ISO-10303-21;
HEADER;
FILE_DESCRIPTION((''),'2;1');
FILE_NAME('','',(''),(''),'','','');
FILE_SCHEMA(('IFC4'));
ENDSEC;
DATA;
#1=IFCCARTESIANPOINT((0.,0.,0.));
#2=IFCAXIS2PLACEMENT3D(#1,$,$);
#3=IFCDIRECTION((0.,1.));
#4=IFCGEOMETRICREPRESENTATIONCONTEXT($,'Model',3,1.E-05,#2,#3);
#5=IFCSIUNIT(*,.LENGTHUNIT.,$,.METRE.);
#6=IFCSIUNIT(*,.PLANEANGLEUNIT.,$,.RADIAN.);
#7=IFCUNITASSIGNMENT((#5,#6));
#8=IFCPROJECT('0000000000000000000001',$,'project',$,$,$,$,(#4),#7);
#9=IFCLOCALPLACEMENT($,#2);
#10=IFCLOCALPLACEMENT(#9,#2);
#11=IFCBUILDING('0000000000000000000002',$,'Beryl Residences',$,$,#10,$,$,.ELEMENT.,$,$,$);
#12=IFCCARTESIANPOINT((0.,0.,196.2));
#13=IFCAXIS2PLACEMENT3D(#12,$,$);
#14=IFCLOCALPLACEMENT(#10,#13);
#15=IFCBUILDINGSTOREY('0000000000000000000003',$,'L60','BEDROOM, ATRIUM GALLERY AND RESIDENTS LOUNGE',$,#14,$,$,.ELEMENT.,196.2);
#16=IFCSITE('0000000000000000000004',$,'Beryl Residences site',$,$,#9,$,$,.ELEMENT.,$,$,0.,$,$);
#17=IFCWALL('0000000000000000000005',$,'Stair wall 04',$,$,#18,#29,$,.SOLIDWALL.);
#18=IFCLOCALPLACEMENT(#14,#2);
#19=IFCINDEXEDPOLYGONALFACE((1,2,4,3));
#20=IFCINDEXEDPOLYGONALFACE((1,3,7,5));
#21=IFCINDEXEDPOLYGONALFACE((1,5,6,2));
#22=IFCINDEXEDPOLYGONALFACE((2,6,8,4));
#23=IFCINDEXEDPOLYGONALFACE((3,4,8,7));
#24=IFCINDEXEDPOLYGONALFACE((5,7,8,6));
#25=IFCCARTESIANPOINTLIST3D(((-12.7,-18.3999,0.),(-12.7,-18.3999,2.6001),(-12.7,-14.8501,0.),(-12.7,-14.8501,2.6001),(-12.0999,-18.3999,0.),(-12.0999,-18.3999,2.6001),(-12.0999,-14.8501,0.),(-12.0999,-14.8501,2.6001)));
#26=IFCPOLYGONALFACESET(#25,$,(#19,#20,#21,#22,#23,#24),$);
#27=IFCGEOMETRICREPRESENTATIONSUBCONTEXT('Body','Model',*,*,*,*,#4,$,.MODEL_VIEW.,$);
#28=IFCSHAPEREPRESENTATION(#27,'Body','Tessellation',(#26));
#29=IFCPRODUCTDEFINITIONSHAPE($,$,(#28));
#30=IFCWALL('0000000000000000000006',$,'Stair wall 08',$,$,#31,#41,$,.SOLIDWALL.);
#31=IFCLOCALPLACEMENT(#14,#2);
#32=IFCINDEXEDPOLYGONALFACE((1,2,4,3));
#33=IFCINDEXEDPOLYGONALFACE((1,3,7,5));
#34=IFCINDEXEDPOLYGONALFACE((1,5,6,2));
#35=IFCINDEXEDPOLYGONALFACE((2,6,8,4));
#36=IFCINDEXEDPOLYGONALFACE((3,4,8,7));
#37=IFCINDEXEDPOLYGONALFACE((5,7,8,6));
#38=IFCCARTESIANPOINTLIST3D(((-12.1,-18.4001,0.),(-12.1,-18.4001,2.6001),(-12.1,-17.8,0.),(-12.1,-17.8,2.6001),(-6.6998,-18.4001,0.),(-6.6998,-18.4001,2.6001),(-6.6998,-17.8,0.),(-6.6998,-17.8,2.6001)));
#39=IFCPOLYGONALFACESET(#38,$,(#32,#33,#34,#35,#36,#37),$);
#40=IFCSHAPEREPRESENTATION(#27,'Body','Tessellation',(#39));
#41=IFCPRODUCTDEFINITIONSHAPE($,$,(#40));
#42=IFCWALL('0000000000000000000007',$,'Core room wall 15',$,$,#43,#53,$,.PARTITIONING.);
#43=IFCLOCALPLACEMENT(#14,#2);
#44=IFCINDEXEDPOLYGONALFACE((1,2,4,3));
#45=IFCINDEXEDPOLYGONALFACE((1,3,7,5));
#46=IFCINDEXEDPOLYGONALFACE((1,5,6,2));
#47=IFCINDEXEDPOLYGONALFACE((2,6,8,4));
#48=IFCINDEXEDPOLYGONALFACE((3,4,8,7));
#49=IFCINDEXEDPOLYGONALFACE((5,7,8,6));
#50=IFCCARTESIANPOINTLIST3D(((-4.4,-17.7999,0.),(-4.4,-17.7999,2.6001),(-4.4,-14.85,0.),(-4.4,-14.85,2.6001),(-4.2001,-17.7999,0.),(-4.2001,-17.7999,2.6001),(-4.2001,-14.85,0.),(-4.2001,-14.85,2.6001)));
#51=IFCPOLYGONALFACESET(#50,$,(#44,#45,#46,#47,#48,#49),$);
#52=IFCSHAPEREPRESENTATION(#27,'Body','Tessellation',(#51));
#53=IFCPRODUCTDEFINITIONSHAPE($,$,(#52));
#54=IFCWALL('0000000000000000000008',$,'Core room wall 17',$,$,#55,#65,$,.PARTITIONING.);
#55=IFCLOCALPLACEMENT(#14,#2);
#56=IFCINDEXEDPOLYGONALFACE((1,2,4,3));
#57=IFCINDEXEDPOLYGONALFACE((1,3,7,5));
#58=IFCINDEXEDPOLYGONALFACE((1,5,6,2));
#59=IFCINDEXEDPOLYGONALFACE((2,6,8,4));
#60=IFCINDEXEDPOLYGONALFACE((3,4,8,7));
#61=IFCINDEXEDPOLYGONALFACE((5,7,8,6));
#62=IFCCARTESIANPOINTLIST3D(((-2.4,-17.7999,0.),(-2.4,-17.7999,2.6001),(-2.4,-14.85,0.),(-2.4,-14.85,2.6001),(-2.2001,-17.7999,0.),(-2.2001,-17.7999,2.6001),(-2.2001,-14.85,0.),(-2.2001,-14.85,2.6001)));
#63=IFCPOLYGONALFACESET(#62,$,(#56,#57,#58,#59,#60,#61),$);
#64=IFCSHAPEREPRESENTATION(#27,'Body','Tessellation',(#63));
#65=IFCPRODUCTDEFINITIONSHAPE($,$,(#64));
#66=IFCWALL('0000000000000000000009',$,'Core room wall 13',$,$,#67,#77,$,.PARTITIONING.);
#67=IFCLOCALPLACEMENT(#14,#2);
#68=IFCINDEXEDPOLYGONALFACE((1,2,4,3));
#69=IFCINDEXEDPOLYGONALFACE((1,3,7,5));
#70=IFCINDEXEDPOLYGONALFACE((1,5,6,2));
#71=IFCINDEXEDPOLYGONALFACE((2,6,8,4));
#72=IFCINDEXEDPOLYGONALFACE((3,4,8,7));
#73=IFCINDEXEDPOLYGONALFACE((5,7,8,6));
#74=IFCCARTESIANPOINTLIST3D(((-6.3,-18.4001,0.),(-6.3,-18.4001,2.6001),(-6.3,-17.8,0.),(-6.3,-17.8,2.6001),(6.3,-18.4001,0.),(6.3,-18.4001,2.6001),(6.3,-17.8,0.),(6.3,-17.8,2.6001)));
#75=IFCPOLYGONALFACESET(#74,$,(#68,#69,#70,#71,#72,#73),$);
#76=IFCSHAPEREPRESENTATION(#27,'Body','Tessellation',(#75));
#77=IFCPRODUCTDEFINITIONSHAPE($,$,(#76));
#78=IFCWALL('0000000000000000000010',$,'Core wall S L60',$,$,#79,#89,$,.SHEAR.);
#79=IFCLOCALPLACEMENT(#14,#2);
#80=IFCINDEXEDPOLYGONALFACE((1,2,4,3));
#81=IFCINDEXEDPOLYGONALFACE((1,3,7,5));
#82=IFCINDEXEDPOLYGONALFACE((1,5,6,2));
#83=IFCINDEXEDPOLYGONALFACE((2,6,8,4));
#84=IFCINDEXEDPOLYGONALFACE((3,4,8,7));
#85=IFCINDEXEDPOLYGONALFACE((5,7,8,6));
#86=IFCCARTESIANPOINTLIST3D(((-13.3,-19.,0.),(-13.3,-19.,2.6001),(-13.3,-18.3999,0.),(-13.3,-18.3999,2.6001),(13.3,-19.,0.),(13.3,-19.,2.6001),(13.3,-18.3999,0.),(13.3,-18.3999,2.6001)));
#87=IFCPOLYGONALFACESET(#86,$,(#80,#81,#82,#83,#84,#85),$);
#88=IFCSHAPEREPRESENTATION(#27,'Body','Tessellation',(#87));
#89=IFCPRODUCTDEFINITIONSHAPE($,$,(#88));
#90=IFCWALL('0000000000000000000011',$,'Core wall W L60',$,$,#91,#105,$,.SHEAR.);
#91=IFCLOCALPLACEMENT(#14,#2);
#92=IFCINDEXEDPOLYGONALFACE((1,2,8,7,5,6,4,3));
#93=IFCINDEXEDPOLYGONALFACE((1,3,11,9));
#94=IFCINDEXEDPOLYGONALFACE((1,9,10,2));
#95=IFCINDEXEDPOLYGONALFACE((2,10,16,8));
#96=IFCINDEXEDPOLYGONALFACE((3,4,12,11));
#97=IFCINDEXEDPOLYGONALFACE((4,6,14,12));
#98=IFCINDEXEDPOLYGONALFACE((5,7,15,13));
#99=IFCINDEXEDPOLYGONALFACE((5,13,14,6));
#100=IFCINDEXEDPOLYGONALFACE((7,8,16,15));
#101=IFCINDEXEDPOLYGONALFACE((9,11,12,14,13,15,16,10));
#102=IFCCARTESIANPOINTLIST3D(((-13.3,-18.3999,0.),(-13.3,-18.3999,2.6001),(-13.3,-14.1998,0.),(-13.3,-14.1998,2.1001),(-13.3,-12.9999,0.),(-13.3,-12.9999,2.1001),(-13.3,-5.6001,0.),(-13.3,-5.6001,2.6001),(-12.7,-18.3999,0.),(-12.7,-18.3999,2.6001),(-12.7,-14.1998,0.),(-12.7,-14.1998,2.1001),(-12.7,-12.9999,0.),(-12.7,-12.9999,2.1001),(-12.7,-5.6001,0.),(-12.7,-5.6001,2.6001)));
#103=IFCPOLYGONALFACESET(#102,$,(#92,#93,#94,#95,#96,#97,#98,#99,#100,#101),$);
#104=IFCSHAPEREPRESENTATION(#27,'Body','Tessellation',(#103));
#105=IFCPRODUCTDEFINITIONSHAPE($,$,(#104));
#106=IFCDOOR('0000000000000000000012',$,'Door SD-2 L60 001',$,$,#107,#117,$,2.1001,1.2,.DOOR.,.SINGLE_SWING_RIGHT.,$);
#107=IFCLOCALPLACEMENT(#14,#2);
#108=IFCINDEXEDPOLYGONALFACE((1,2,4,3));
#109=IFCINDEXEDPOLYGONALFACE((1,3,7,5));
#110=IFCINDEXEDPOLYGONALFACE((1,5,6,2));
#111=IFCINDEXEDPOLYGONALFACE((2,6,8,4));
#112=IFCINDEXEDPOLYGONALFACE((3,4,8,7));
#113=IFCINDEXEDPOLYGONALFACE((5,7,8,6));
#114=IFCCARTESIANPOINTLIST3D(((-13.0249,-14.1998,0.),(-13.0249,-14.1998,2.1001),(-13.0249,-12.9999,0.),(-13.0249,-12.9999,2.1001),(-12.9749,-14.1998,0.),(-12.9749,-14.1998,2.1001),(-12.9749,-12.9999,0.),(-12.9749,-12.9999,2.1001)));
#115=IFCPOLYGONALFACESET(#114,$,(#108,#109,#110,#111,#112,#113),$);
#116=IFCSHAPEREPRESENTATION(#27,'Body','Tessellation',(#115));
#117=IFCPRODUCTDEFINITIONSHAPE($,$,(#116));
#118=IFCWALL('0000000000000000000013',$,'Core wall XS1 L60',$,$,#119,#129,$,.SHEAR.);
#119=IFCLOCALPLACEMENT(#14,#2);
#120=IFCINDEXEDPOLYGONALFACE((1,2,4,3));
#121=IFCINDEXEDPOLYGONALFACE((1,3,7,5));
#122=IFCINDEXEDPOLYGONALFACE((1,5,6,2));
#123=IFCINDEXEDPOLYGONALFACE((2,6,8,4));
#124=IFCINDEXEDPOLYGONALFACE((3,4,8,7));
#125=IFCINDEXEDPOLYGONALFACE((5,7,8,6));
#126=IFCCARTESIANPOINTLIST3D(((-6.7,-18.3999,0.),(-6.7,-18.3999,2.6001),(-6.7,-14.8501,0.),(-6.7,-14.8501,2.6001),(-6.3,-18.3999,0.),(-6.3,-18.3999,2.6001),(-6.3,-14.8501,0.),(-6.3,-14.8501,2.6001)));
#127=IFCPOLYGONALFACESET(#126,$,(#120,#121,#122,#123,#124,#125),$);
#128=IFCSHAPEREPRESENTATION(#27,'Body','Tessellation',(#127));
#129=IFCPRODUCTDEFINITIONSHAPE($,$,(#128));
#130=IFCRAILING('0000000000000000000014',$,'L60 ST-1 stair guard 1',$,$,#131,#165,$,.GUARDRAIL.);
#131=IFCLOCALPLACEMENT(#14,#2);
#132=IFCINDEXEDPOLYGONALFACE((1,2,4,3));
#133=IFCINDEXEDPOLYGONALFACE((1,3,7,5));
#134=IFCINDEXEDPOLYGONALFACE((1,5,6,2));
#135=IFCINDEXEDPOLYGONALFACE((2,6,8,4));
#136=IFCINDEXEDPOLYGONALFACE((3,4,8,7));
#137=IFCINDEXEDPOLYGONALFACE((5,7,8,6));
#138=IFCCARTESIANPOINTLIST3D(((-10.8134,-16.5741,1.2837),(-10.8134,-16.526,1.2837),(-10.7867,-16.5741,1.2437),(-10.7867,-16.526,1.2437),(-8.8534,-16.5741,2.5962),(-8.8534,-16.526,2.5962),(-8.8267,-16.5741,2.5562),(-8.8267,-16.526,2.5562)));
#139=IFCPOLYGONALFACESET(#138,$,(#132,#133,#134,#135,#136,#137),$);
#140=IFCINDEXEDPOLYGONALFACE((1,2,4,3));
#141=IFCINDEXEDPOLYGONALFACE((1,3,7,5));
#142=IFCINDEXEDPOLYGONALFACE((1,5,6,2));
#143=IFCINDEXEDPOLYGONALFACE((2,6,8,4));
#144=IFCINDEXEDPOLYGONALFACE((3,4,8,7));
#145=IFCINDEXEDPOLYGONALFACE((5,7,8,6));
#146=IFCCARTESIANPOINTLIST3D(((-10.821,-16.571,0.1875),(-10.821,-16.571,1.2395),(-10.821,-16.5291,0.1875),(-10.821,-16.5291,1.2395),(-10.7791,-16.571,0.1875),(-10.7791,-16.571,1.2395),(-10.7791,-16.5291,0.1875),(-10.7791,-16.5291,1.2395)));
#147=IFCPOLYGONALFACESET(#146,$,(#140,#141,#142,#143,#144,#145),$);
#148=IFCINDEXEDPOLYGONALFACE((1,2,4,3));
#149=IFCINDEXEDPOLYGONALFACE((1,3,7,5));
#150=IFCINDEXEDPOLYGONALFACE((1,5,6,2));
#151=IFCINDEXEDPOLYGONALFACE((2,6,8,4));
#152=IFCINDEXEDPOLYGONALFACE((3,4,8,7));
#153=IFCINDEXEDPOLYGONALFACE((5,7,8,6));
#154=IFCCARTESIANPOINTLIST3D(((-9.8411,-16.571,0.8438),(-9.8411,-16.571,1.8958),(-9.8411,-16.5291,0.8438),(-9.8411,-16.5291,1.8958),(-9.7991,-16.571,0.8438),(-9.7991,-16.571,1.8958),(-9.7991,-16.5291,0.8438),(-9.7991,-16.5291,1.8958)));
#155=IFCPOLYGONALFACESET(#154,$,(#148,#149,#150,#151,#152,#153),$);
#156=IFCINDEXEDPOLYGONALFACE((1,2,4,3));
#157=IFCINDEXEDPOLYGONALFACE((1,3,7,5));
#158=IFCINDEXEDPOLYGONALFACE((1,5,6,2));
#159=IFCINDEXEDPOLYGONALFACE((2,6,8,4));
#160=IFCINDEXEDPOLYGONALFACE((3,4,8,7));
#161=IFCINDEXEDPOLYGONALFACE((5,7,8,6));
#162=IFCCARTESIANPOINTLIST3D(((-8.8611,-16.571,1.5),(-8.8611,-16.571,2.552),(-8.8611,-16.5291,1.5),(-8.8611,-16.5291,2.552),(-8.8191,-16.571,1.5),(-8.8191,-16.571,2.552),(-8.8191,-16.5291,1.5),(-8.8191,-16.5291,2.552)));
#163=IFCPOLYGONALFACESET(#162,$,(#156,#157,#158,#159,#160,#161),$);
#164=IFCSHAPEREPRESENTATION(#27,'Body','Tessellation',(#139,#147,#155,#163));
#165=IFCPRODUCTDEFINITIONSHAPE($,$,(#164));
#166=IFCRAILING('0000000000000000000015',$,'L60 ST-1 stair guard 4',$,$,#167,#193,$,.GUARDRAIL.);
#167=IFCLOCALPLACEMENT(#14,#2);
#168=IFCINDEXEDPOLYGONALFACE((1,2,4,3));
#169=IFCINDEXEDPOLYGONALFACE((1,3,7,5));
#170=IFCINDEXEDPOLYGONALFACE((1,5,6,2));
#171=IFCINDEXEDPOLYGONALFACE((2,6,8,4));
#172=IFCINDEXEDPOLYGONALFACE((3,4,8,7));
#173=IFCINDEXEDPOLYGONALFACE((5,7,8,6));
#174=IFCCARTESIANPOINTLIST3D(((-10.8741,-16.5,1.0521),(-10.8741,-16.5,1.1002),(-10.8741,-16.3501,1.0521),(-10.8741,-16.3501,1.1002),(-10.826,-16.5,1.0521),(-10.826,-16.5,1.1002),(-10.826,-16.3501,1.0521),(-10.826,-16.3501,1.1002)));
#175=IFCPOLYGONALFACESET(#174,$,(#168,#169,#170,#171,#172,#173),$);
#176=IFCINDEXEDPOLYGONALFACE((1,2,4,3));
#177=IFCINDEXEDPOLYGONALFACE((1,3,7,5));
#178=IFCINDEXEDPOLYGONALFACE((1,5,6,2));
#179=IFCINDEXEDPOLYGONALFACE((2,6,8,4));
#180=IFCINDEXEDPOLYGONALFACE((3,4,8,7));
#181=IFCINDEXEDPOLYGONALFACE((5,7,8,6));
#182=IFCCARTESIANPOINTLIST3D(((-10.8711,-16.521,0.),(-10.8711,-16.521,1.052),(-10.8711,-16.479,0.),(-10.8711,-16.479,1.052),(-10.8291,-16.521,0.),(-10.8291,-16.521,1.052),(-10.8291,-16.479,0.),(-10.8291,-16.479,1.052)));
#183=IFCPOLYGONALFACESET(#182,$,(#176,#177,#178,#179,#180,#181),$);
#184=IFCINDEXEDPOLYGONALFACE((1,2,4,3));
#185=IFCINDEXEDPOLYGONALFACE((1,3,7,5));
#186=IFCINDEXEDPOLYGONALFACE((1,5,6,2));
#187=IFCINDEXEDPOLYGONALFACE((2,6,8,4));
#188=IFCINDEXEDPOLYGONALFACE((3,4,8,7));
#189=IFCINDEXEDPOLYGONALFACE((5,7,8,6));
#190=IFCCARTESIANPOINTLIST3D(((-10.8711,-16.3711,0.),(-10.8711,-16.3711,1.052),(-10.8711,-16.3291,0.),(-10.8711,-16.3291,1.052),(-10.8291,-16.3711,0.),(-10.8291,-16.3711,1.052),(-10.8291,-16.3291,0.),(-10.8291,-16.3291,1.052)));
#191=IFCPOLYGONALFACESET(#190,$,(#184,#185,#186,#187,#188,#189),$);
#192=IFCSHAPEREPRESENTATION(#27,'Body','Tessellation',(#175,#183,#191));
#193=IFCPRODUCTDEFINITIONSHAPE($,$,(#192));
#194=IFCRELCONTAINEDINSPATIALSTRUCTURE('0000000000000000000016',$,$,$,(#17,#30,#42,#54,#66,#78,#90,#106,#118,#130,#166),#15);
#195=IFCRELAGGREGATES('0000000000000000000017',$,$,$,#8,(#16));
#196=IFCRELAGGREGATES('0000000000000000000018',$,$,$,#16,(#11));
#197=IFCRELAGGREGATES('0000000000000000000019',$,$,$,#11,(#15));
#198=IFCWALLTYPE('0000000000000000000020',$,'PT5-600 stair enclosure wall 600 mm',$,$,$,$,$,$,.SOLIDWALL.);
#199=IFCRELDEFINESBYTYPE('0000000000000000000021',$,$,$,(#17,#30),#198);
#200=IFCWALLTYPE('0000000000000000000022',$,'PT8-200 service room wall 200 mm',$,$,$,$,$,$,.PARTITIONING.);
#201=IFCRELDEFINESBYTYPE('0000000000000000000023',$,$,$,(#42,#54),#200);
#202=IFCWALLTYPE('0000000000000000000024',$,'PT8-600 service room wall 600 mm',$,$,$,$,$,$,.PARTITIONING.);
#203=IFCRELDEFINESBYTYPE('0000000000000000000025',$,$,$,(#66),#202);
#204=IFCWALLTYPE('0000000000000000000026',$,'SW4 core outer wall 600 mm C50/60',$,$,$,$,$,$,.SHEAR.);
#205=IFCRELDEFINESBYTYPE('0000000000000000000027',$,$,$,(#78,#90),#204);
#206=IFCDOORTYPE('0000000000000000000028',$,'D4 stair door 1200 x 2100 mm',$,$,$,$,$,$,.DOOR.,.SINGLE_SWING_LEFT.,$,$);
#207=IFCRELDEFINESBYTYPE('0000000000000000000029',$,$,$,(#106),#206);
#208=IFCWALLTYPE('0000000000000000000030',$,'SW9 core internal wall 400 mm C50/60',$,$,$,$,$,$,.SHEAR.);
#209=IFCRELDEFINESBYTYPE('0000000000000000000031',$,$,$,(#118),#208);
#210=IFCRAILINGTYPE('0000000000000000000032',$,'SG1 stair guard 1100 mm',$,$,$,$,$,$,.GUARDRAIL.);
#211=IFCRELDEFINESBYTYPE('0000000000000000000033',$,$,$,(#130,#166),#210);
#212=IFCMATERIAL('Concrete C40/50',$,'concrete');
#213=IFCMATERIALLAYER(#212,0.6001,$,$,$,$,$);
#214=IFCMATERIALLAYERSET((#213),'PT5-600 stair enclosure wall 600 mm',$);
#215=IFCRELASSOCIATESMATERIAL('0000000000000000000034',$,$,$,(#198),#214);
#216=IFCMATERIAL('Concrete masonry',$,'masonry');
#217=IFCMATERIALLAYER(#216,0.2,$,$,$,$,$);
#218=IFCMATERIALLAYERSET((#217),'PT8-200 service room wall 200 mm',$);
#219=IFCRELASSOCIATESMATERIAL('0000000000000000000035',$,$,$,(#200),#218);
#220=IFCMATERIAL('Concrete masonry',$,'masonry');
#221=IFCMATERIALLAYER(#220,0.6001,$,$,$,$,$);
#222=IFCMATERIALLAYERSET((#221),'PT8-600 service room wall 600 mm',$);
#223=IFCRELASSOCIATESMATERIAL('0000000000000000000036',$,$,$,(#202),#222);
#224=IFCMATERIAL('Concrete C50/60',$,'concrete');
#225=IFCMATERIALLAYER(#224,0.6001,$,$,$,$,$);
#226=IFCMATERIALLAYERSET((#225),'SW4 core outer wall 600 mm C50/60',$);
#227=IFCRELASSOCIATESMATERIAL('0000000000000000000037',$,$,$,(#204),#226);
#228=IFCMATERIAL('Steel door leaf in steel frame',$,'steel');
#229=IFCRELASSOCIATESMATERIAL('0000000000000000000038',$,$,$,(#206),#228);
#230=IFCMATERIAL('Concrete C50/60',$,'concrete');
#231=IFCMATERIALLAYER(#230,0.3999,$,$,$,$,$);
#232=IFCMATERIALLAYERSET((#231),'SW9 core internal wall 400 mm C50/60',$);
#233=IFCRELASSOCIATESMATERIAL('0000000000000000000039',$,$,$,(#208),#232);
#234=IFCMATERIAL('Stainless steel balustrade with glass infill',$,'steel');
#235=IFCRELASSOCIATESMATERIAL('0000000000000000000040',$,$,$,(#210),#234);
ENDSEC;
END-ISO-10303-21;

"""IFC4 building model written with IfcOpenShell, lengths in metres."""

from ifc_helpers import new_model, si_unit, direction, frame, frame_2d, origin, origin_2d, place, context, subcontext, project, spatial, rectangle, extrude, material, layer, layer_set, type_object, element, fill, save


model = new_model("IFC4")

# Units and contexts
model_context = context("Model", 3, precision=1e-05, world=origin(), true_north=direction((0.0, 1.0)))
body_context = subcontext(model_context, "Body", "Model", "MODEL_VIEW")
ifc_project = project(units=[si_unit("LENGTHUNIT", "METRE"), si_unit("PLANEANGLEUNIT", "RADIAN")], contexts=[model_context])

# Site, building, storey
site_placement = place(None, origin())
site = spatial("IfcSite", under=ifc_project, at=site_placement, Name="Beryl Residences site", CompositionType="ELEMENT", RefElevation=0.0)
building_placement = place(site_placement, origin())
building = spatial("IfcBuilding", under=site, at=building_placement, Name="Beryl Residences", CompositionType="ELEMENT")
storey_placement = place(building_placement, frame((0.0, 0.0, 196.2)))
storey = spatial("IfcBuildingStorey", under=building, at=storey_placement, Name="L60", Description="BEDROOM, ATRIUM GALLERY AND RESIDENTS LOUNGE", CompositionType="ELEMENT", Elevation=196.2)

# Walls
ifc_material_1 = material(Name="Concrete C40/50", Category="concrete")
ifc_layer_1 = layer(ifc_material_1, 0.6001)
ifc_layer_set_1 = layer_set([ifc_layer_1], Name="PT5-600 stair enclosure wall 600 mm")
wall_type_1 = type_object("IfcWallType", Name="PT5-600 stair enclosure wall 600 mm", PredefinedType="SOLIDWALL", material=ifc_layer_set_1)
wall_1_placement = place(storey_placement, frame((-12.3999, -18.3999, 0.0), z_axis=(0.0, 0.0, 1.0), x_axis=(0.0, 1.0, 0.0)))
element("IfcWall", 1, at=wall_1_placement, inside=storey, type_object=wall_type_1, Name="Stair wall 04", PredefinedType="SOLIDWALL", context=body_context, shape_type="SweptSolid", body=[
    extrude(rectangle(XDim=3.5498, YDim=0.6001, at=frame_2d((1.7749, 0.0))), origin(), (0.0, 0.0, 1.0), 2.6001),
])
wall_2_placement = place(storey_placement, frame((-12.1001, -18.1001, 0.0), z_axis=(0.0, 0.0, 1.0), x_axis=(1.0, 0.0, 0.0)))
element("IfcWall", 2, at=wall_2_placement, inside=storey, type_object=wall_type_1, Name="Stair wall 08", PredefinedType="SOLIDWALL", context=body_context, shape_type="SweptSolid", body=[
    extrude(rectangle(XDim=5.4001, YDim=0.6001, at=frame_2d((2.7002, 0.0))), origin(), (0.0, 0.0, 1.0), 2.6001),
])
ifc_material_2 = material(Name="Concrete masonry", Category="masonry")
ifc_layer_2 = layer(ifc_material_2, 0.2)
ifc_layer_set_2 = layer_set([ifc_layer_2], Name="PT8-200 service room wall 200 mm")
wall_type_2 = type_object("IfcWallType", Name="PT8-200 service room wall 200 mm", PredefinedType="PARTITIONING", material=ifc_layer_set_2)
for number, where, z_axis, x_axis, name in (
    (3, (-4.3, -17.8, 0.0), (0.0, 0.0, 1.0), (0.0, 1.0, 0.0), "Core room wall 15"),
    (4, (-2.3, -17.8, 0.0), (0.0, 0.0, 1.0), (0.0, 1.0, 0.0), "Core room wall 17"),
):
    element("IfcWall", number, at=place(storey_placement, frame(where, z_axis=z_axis, x_axis=x_axis)), inside=storey, type_object=wall_type_2, Name=name, PredefinedType="PARTITIONING", context=body_context, shape_type="SweptSolid", body=[
        extrude(rectangle(XDim=2.95, YDim=0.2, at=frame_2d((1.4751, 0.0))), origin(), (0.0, 0.0, 1.0), 2.6001),
    ])
ifc_material_3 = material(Name="Concrete masonry", Category="masonry")
ifc_layer_3 = layer(ifc_material_3, 0.6001)
ifc_layer_set_3 = layer_set([ifc_layer_3], Name="PT8-600 service room wall 600 mm")
wall_type_3 = type_object("IfcWallType", Name="PT8-600 service room wall 600 mm", PredefinedType="PARTITIONING", material=ifc_layer_set_3)
wall_3_placement = place(storey_placement, frame((-6.3, -18.1001, 0.0), z_axis=(0.0, 0.0, 1.0), x_axis=(1.0, 0.0, 0.0)))
element("IfcWall", 5, at=wall_3_placement, inside=storey, type_object=wall_type_3, Name="Core room wall 13", PredefinedType="PARTITIONING", context=body_context, shape_type="SweptSolid", body=[
    extrude(rectangle(XDim=12.6001, YDim=0.6001, at=frame_2d((6.3, 0.0))), origin(), (0.0, 0.0, 1.0), 2.6001),
])
ifc_material_4 = material(Name="Concrete C50/60", Category="concrete")
ifc_layer_4 = layer(ifc_material_4, 0.6001)
ifc_layer_set_4 = layer_set([ifc_layer_4], Name="SW4 core outer wall 600 mm C50/60")
wall_type_4 = type_object("IfcWallType", Name="SW4 core outer wall 600 mm C50/60", PredefinedType="SHEAR", material=ifc_layer_set_4)
wall_4_placement = place(storey_placement, frame((-13.3, -18.7, 0.0), z_axis=(0.0, 0.0, 1.0), x_axis=(1.0, 0.0, 0.0)))
element("IfcWall", 6, at=wall_4_placement, inside=storey, type_object=wall_type_4, Name="Core wall S L60", PredefinedType="SHEAR", context=body_context, shape_type="SweptSolid", body=[
    extrude(rectangle(XDim=26.6001, YDim=0.6001, at=frame_2d((13.3, 0.0))), origin(), (0.0, 0.0, 1.0), 2.6001),
])

# Wall, opening, door
wall_5_placement = place(storey_placement, frame((-13.0, -18.3999, 0.0), z_axis=(0.0, 0.0, 1.0), x_axis=(0.0, 1.0, 0.0)))
wall_5 = element("IfcWall", 7, at=wall_5_placement, inside=storey, type_object=wall_type_4, Name="Core wall W L60", PredefinedType="SHEAR", context=body_context, shape_type="SweptSolid", body=[
    extrude(rectangle(XDim=12.7998, YDim=0.6001, at=frame_2d((6.3999, 0.0))), origin(), (0.0, 0.0, 1.0), 2.6001),
])
opening_1_placement = place(wall_5_placement, frame((4.2, 0.0, 0.0)))
opening_1 = element("IfcOpeningElement", 8, at=opening_1_placement, cuts=wall_5, PredefinedType="OPENING", context=body_context, shape_type="SweptSolid", body=[
    extrude(rectangle(XDim=1.2, YDim=2.1001, at=frame_2d((0.6001, 1.05))), frame((0.0, 0.3101, 0.0), z_axis=(0.0, -1.0, 0.0), x_axis=(1.0, 0.0, 0.0)), (0.0, 0.0, 1.0), 0.6201),
])
ifc_material_5 = material(Name="Steel door leaf in steel frame", Category="steel")
door_type = type_object("IfcDoorType", Name="D4 stair door 1200 x 2100 mm", OperationType="SINGLE_SWING_LEFT", PredefinedType="DOOR", material=ifc_material_5)
door_placement = place(opening_1_placement, origin())
door = element("IfcDoor", 9, at=door_placement, inside=storey, type_object=door_type, Name="Door SD-2 L60 001", OperationType="SINGLE_SWING_RIGHT", OverallHeight=2.1001, OverallWidth=1.2, PredefinedType="DOOR", context=body_context, shape_type="SweptSolid", body=[
    extrude(rectangle(XDim=1.2, YDim=2.1001, at=frame_2d((0.6001, 1.05))), frame((0.0, 0.0249, 0.0), z_axis=(0.0, -1.0, 0.0), x_axis=(1.0, 0.0, 0.0)), (0.0, 0.0, 1.0), 0.05),
])
fill(opening_1, door)

# Wall
ifc_material_6 = material(Name="Concrete C50/60", Category="concrete")
ifc_layer_5 = layer(ifc_material_6, 0.3999)
ifc_layer_set_5 = layer_set([ifc_layer_5], Name="SW9 core internal wall 400 mm C50/60")
wall_type_5 = type_object("IfcWallType", Name="SW9 core internal wall 400 mm C50/60", PredefinedType="SHEAR", material=ifc_layer_set_5)
wall_6_placement = place(storey_placement, frame((-6.5, -18.3999, 0.0), z_axis=(0.0, 0.0, 1.0), x_axis=(0.0, 1.0, 0.0)))
element("IfcWall", 10, at=wall_6_placement, inside=storey, type_object=wall_type_5, Name="Core wall XS1 L60", PredefinedType="SHEAR", context=body_context, shape_type="SweptSolid", body=[
    extrude(rectangle(XDim=3.5498, YDim=0.3999, at=frame_2d((1.7749, 0.0))), origin(), (0.0, 0.0, 1.0), 2.6001),
])

# Railings
ifc_material_7 = material(Name="Stainless steel balustrade with glass infill", Category="steel")
railing_type_1 = type_object("IfcRailingType", Name="SG1 stair guard 1100 mm", PredefinedType="GUARDRAIL", material=ifc_material_7)
railing_1_placement = place(storey_placement, frame((-10.8, -16.55, 0.1875)))
element("IfcRailing", 11, at=railing_1_placement, inside=storey, type_object=railing_type_1, Name="L60 ST-1 stair guard 1", PredefinedType="GUARDRAIL", context=body_context, shape_type="SweptSolid", body=[
    extrude(rectangle(XDim=0.0481, YDim=0.0481, at=origin_2d()), frame((0.0, 0.0, 1.0762), z_axis=(0.830902, 0.0, 0.556419), x_axis=(0.0, 1.0, 0.0)), (0.0, 0.0, 1.0), 2.3589),
    extrude(rectangle(XDim=0.042, YDim=0.042, at=origin_2d()), origin(), (0.0, 0.0, 1.0), 1.052),
    extrude(rectangle(XDim=0.042, YDim=0.042, at=origin_2d()), frame((0.98, 0.0, 0.6562)), (0.0, 0.0, 1.0), 1.052),
    extrude(rectangle(XDim=0.042, YDim=0.042, at=origin_2d()), frame((1.96, 0.0, 1.3125)), (0.0, 0.0, 1.0), 1.052),
])
railing_2_placement = place(storey_placement, frame((-10.8501, -16.5, 0.0)))
element("IfcRailing", 12, at=railing_2_placement, inside=storey, type_object=railing_type_1, Name="L60 ST-1 stair guard 4", PredefinedType="GUARDRAIL", context=body_context, shape_type="SweptSolid", body=[
    extrude(rectangle(XDim=0.0481, YDim=0.0481, at=origin_2d()), frame((0.0, 0.0, 1.0762), z_axis=(0.0, 1.0, 0.0), x_axis=(-1.0, 0.0, 0.0)), (0.0, 0.0, 1.0), 0.1499),
    extrude(rectangle(XDim=0.042, YDim=0.042, at=origin_2d()), origin(), (0.0, 0.0, 1.0), 1.052),
    extrude(rectangle(XDim=0.042, YDim=0.042, at=origin_2d()), frame((0.0, 0.1499, 0.0)), (0.0, 0.0, 1.0), 1.052),
])

save(model, "model.ifc")
